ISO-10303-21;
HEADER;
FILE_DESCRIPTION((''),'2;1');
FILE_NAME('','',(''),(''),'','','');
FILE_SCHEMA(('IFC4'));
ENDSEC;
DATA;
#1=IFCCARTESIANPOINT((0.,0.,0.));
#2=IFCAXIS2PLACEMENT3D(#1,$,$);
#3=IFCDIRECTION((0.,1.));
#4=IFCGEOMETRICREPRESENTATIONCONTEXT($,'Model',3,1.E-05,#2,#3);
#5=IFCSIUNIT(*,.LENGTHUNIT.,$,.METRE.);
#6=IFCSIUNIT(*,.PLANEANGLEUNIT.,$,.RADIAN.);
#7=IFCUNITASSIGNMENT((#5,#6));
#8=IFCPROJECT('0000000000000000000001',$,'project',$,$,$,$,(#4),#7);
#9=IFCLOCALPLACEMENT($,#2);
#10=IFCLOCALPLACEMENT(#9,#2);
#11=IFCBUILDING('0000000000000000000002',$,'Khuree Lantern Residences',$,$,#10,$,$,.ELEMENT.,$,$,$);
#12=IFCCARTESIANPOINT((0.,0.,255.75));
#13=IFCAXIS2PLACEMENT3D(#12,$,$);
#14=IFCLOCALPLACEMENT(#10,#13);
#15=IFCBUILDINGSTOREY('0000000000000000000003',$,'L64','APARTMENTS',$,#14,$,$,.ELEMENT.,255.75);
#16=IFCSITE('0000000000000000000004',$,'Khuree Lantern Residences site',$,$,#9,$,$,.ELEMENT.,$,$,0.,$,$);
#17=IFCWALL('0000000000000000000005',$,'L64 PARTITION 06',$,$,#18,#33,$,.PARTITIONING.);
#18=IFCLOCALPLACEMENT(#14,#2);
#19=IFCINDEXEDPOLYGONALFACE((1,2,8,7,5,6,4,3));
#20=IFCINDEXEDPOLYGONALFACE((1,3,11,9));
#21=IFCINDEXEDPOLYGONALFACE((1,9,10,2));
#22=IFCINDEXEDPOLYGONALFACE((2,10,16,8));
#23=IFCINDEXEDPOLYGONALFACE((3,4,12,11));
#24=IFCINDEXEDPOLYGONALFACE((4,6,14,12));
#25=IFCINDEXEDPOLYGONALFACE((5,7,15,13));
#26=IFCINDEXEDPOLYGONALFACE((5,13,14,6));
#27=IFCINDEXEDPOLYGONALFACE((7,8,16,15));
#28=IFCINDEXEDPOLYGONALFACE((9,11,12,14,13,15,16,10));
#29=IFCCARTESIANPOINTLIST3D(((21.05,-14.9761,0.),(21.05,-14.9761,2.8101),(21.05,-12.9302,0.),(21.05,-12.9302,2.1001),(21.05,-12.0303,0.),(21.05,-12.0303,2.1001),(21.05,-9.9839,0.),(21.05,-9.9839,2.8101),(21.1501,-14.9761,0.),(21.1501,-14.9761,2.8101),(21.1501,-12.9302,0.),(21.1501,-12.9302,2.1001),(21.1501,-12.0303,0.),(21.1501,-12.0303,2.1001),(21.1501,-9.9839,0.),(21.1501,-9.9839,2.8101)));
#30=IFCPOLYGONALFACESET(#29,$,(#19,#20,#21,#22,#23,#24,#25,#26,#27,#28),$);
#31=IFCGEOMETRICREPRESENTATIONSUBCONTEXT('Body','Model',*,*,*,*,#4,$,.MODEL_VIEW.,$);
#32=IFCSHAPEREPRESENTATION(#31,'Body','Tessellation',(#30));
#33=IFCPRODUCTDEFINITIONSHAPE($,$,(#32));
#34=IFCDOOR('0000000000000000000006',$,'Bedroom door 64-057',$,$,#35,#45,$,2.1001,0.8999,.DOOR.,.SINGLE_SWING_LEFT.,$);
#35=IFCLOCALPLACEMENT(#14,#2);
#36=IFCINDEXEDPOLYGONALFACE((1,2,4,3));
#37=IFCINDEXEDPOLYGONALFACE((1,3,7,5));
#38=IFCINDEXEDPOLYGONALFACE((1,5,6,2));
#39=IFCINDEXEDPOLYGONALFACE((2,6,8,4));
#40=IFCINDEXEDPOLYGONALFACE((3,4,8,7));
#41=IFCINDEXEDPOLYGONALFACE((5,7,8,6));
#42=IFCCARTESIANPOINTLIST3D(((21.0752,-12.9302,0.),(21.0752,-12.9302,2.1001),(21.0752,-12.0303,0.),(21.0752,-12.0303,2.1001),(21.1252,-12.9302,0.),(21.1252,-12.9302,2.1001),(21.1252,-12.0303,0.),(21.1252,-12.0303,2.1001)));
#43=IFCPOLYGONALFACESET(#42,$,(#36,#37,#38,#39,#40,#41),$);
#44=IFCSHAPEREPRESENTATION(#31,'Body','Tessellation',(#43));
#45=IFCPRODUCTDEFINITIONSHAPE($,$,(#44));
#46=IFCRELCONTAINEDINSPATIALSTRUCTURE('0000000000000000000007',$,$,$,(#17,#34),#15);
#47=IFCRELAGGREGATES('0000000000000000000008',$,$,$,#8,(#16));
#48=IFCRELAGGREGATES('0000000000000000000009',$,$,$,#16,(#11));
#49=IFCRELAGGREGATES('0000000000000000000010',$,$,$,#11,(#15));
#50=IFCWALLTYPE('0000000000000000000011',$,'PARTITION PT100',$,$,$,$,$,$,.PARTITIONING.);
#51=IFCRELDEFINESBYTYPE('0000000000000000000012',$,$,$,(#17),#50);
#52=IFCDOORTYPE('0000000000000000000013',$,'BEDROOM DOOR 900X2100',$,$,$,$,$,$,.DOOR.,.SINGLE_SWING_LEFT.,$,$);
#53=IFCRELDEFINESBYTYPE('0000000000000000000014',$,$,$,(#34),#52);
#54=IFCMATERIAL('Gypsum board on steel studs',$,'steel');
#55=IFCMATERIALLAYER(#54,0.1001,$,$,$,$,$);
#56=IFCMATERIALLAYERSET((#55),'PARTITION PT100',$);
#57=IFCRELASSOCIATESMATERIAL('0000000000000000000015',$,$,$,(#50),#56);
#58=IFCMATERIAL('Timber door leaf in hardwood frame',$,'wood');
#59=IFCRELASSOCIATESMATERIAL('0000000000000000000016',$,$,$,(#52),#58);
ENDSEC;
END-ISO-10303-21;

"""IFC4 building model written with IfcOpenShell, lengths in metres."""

from ifc_helpers import new_model, si_unit, direction, frame, frame_2d, origin, place, context, subcontext, project, spatial, rectangle, extrude, material, layer, layer_set, type_object, element, fill, save


model = new_model("IFC4")

# Units and contexts
model_context = context("Model", 3, precision=1e-05, world=origin(), true_north=direction((0.0, 1.0)))
body_context = subcontext(model_context, "Body", "Model", "MODEL_VIEW")
ifc_project = project(units=[si_unit("LENGTHUNIT", "METRE"), si_unit("PLANEANGLEUNIT", "RADIAN")], contexts=[model_context])

# Site, building, storey
site_placement = place(None, origin())
site = spatial("IfcSite", under=ifc_project, at=site_placement, Name="Khuree Lantern Residences site", CompositionType="ELEMENT", RefElevation=0.0)
building_placement = place(site_placement, origin())
building = spatial("IfcBuilding", under=site, at=building_placement, Name="Khuree Lantern Residences", CompositionType="ELEMENT")
storey_placement = place(building_placement, frame((0.0, 0.0, 255.75)))
storey = spatial("IfcBuildingStorey", under=building, at=storey_placement, Name="L64", Description="APARTMENTS", CompositionType="ELEMENT", Elevation=255.75)

# Shared definitions
ifc_material_1 = material(Name="Timber door leaf in hardwood frame", Category="wood")

# Shared definitions
ifc_material_2 = material(Name="Gypsum board on steel studs", Category="steel")

# Shared definitions
ifc_layer_1 = layer(ifc_material_2, 0.1001)
ifc_layer_set_1 = layer_set([ifc_layer_1], Name="PARTITION PT100")
wall_type_1 = type_object("IfcWallType", Name="PARTITION PT100", PredefinedType="PARTITIONING", material=ifc_layer_set_1)

# Wall, opening, door
door_type_1 = type_object("IfcDoorType", Name="BEDROOM DOOR 900X2100", OperationType="SINGLE_SWING_LEFT", PredefinedType="DOOR", material=ifc_material_1)
wall_1_placement = place(storey_placement, frame((21.1001, -14.9761, 0.0), z_axis=(0.0, 0.0, 1.0), x_axis=(0.0, 1.0, 0.0)))
wall_1 = element("IfcWall", 1, at=wall_1_placement, inside=storey, type_object=wall_type_1, Name="L64 PARTITION 06", PredefinedType="PARTITIONING", context=body_context, shape_type="SweptSolid", body=[
    extrude(rectangle(XDim=4.9922, YDim=0.1001, at=frame_2d((2.4961, 0.0))), origin(), (0.0, 0.0, 1.0), 2.8101),
])
opening_1_placement = place(wall_1_placement, frame((2.0459, 0.0, 0.0)))
opening_1 = element("IfcOpeningElement", 2, at=opening_1_placement, cuts=wall_1, PredefinedType="OPENING", context=body_context, shape_type="SweptSolid", body=[
    extrude(rectangle(XDim=0.8999, YDim=2.1001, at=frame_2d((0.45, 1.05))), frame((0.0, 0.0601, 0.0), z_axis=(0.0, -1.0, 0.0), x_axis=(1.0, 0.0, 0.0)), (0.0, 0.0, 1.0), 0.1201),
])
door_1_placement = place(opening_1_placement, origin())
door_1 = element("IfcDoor", 3, at=door_1_placement, inside=storey, type_object=door_type_1, Name="Bedroom door 64-057", OperationType="SINGLE_SWING_LEFT", OverallHeight=2.1001, OverallWidth=0.8999, PredefinedType="DOOR", context=body_context, shape_type="SweptSolid", body=[
    extrude(rectangle(XDim=0.8999, YDim=2.1001, at=frame_2d((0.45, 1.05))), frame((0.0, 0.0249, 0.0), z_axis=(0.0, -1.0, 0.0), x_axis=(1.0, 0.0, 0.0)), (0.0, 0.0, 1.0), 0.05),
])
fill(opening_1, door_1)

save(model, "model.ifc")
